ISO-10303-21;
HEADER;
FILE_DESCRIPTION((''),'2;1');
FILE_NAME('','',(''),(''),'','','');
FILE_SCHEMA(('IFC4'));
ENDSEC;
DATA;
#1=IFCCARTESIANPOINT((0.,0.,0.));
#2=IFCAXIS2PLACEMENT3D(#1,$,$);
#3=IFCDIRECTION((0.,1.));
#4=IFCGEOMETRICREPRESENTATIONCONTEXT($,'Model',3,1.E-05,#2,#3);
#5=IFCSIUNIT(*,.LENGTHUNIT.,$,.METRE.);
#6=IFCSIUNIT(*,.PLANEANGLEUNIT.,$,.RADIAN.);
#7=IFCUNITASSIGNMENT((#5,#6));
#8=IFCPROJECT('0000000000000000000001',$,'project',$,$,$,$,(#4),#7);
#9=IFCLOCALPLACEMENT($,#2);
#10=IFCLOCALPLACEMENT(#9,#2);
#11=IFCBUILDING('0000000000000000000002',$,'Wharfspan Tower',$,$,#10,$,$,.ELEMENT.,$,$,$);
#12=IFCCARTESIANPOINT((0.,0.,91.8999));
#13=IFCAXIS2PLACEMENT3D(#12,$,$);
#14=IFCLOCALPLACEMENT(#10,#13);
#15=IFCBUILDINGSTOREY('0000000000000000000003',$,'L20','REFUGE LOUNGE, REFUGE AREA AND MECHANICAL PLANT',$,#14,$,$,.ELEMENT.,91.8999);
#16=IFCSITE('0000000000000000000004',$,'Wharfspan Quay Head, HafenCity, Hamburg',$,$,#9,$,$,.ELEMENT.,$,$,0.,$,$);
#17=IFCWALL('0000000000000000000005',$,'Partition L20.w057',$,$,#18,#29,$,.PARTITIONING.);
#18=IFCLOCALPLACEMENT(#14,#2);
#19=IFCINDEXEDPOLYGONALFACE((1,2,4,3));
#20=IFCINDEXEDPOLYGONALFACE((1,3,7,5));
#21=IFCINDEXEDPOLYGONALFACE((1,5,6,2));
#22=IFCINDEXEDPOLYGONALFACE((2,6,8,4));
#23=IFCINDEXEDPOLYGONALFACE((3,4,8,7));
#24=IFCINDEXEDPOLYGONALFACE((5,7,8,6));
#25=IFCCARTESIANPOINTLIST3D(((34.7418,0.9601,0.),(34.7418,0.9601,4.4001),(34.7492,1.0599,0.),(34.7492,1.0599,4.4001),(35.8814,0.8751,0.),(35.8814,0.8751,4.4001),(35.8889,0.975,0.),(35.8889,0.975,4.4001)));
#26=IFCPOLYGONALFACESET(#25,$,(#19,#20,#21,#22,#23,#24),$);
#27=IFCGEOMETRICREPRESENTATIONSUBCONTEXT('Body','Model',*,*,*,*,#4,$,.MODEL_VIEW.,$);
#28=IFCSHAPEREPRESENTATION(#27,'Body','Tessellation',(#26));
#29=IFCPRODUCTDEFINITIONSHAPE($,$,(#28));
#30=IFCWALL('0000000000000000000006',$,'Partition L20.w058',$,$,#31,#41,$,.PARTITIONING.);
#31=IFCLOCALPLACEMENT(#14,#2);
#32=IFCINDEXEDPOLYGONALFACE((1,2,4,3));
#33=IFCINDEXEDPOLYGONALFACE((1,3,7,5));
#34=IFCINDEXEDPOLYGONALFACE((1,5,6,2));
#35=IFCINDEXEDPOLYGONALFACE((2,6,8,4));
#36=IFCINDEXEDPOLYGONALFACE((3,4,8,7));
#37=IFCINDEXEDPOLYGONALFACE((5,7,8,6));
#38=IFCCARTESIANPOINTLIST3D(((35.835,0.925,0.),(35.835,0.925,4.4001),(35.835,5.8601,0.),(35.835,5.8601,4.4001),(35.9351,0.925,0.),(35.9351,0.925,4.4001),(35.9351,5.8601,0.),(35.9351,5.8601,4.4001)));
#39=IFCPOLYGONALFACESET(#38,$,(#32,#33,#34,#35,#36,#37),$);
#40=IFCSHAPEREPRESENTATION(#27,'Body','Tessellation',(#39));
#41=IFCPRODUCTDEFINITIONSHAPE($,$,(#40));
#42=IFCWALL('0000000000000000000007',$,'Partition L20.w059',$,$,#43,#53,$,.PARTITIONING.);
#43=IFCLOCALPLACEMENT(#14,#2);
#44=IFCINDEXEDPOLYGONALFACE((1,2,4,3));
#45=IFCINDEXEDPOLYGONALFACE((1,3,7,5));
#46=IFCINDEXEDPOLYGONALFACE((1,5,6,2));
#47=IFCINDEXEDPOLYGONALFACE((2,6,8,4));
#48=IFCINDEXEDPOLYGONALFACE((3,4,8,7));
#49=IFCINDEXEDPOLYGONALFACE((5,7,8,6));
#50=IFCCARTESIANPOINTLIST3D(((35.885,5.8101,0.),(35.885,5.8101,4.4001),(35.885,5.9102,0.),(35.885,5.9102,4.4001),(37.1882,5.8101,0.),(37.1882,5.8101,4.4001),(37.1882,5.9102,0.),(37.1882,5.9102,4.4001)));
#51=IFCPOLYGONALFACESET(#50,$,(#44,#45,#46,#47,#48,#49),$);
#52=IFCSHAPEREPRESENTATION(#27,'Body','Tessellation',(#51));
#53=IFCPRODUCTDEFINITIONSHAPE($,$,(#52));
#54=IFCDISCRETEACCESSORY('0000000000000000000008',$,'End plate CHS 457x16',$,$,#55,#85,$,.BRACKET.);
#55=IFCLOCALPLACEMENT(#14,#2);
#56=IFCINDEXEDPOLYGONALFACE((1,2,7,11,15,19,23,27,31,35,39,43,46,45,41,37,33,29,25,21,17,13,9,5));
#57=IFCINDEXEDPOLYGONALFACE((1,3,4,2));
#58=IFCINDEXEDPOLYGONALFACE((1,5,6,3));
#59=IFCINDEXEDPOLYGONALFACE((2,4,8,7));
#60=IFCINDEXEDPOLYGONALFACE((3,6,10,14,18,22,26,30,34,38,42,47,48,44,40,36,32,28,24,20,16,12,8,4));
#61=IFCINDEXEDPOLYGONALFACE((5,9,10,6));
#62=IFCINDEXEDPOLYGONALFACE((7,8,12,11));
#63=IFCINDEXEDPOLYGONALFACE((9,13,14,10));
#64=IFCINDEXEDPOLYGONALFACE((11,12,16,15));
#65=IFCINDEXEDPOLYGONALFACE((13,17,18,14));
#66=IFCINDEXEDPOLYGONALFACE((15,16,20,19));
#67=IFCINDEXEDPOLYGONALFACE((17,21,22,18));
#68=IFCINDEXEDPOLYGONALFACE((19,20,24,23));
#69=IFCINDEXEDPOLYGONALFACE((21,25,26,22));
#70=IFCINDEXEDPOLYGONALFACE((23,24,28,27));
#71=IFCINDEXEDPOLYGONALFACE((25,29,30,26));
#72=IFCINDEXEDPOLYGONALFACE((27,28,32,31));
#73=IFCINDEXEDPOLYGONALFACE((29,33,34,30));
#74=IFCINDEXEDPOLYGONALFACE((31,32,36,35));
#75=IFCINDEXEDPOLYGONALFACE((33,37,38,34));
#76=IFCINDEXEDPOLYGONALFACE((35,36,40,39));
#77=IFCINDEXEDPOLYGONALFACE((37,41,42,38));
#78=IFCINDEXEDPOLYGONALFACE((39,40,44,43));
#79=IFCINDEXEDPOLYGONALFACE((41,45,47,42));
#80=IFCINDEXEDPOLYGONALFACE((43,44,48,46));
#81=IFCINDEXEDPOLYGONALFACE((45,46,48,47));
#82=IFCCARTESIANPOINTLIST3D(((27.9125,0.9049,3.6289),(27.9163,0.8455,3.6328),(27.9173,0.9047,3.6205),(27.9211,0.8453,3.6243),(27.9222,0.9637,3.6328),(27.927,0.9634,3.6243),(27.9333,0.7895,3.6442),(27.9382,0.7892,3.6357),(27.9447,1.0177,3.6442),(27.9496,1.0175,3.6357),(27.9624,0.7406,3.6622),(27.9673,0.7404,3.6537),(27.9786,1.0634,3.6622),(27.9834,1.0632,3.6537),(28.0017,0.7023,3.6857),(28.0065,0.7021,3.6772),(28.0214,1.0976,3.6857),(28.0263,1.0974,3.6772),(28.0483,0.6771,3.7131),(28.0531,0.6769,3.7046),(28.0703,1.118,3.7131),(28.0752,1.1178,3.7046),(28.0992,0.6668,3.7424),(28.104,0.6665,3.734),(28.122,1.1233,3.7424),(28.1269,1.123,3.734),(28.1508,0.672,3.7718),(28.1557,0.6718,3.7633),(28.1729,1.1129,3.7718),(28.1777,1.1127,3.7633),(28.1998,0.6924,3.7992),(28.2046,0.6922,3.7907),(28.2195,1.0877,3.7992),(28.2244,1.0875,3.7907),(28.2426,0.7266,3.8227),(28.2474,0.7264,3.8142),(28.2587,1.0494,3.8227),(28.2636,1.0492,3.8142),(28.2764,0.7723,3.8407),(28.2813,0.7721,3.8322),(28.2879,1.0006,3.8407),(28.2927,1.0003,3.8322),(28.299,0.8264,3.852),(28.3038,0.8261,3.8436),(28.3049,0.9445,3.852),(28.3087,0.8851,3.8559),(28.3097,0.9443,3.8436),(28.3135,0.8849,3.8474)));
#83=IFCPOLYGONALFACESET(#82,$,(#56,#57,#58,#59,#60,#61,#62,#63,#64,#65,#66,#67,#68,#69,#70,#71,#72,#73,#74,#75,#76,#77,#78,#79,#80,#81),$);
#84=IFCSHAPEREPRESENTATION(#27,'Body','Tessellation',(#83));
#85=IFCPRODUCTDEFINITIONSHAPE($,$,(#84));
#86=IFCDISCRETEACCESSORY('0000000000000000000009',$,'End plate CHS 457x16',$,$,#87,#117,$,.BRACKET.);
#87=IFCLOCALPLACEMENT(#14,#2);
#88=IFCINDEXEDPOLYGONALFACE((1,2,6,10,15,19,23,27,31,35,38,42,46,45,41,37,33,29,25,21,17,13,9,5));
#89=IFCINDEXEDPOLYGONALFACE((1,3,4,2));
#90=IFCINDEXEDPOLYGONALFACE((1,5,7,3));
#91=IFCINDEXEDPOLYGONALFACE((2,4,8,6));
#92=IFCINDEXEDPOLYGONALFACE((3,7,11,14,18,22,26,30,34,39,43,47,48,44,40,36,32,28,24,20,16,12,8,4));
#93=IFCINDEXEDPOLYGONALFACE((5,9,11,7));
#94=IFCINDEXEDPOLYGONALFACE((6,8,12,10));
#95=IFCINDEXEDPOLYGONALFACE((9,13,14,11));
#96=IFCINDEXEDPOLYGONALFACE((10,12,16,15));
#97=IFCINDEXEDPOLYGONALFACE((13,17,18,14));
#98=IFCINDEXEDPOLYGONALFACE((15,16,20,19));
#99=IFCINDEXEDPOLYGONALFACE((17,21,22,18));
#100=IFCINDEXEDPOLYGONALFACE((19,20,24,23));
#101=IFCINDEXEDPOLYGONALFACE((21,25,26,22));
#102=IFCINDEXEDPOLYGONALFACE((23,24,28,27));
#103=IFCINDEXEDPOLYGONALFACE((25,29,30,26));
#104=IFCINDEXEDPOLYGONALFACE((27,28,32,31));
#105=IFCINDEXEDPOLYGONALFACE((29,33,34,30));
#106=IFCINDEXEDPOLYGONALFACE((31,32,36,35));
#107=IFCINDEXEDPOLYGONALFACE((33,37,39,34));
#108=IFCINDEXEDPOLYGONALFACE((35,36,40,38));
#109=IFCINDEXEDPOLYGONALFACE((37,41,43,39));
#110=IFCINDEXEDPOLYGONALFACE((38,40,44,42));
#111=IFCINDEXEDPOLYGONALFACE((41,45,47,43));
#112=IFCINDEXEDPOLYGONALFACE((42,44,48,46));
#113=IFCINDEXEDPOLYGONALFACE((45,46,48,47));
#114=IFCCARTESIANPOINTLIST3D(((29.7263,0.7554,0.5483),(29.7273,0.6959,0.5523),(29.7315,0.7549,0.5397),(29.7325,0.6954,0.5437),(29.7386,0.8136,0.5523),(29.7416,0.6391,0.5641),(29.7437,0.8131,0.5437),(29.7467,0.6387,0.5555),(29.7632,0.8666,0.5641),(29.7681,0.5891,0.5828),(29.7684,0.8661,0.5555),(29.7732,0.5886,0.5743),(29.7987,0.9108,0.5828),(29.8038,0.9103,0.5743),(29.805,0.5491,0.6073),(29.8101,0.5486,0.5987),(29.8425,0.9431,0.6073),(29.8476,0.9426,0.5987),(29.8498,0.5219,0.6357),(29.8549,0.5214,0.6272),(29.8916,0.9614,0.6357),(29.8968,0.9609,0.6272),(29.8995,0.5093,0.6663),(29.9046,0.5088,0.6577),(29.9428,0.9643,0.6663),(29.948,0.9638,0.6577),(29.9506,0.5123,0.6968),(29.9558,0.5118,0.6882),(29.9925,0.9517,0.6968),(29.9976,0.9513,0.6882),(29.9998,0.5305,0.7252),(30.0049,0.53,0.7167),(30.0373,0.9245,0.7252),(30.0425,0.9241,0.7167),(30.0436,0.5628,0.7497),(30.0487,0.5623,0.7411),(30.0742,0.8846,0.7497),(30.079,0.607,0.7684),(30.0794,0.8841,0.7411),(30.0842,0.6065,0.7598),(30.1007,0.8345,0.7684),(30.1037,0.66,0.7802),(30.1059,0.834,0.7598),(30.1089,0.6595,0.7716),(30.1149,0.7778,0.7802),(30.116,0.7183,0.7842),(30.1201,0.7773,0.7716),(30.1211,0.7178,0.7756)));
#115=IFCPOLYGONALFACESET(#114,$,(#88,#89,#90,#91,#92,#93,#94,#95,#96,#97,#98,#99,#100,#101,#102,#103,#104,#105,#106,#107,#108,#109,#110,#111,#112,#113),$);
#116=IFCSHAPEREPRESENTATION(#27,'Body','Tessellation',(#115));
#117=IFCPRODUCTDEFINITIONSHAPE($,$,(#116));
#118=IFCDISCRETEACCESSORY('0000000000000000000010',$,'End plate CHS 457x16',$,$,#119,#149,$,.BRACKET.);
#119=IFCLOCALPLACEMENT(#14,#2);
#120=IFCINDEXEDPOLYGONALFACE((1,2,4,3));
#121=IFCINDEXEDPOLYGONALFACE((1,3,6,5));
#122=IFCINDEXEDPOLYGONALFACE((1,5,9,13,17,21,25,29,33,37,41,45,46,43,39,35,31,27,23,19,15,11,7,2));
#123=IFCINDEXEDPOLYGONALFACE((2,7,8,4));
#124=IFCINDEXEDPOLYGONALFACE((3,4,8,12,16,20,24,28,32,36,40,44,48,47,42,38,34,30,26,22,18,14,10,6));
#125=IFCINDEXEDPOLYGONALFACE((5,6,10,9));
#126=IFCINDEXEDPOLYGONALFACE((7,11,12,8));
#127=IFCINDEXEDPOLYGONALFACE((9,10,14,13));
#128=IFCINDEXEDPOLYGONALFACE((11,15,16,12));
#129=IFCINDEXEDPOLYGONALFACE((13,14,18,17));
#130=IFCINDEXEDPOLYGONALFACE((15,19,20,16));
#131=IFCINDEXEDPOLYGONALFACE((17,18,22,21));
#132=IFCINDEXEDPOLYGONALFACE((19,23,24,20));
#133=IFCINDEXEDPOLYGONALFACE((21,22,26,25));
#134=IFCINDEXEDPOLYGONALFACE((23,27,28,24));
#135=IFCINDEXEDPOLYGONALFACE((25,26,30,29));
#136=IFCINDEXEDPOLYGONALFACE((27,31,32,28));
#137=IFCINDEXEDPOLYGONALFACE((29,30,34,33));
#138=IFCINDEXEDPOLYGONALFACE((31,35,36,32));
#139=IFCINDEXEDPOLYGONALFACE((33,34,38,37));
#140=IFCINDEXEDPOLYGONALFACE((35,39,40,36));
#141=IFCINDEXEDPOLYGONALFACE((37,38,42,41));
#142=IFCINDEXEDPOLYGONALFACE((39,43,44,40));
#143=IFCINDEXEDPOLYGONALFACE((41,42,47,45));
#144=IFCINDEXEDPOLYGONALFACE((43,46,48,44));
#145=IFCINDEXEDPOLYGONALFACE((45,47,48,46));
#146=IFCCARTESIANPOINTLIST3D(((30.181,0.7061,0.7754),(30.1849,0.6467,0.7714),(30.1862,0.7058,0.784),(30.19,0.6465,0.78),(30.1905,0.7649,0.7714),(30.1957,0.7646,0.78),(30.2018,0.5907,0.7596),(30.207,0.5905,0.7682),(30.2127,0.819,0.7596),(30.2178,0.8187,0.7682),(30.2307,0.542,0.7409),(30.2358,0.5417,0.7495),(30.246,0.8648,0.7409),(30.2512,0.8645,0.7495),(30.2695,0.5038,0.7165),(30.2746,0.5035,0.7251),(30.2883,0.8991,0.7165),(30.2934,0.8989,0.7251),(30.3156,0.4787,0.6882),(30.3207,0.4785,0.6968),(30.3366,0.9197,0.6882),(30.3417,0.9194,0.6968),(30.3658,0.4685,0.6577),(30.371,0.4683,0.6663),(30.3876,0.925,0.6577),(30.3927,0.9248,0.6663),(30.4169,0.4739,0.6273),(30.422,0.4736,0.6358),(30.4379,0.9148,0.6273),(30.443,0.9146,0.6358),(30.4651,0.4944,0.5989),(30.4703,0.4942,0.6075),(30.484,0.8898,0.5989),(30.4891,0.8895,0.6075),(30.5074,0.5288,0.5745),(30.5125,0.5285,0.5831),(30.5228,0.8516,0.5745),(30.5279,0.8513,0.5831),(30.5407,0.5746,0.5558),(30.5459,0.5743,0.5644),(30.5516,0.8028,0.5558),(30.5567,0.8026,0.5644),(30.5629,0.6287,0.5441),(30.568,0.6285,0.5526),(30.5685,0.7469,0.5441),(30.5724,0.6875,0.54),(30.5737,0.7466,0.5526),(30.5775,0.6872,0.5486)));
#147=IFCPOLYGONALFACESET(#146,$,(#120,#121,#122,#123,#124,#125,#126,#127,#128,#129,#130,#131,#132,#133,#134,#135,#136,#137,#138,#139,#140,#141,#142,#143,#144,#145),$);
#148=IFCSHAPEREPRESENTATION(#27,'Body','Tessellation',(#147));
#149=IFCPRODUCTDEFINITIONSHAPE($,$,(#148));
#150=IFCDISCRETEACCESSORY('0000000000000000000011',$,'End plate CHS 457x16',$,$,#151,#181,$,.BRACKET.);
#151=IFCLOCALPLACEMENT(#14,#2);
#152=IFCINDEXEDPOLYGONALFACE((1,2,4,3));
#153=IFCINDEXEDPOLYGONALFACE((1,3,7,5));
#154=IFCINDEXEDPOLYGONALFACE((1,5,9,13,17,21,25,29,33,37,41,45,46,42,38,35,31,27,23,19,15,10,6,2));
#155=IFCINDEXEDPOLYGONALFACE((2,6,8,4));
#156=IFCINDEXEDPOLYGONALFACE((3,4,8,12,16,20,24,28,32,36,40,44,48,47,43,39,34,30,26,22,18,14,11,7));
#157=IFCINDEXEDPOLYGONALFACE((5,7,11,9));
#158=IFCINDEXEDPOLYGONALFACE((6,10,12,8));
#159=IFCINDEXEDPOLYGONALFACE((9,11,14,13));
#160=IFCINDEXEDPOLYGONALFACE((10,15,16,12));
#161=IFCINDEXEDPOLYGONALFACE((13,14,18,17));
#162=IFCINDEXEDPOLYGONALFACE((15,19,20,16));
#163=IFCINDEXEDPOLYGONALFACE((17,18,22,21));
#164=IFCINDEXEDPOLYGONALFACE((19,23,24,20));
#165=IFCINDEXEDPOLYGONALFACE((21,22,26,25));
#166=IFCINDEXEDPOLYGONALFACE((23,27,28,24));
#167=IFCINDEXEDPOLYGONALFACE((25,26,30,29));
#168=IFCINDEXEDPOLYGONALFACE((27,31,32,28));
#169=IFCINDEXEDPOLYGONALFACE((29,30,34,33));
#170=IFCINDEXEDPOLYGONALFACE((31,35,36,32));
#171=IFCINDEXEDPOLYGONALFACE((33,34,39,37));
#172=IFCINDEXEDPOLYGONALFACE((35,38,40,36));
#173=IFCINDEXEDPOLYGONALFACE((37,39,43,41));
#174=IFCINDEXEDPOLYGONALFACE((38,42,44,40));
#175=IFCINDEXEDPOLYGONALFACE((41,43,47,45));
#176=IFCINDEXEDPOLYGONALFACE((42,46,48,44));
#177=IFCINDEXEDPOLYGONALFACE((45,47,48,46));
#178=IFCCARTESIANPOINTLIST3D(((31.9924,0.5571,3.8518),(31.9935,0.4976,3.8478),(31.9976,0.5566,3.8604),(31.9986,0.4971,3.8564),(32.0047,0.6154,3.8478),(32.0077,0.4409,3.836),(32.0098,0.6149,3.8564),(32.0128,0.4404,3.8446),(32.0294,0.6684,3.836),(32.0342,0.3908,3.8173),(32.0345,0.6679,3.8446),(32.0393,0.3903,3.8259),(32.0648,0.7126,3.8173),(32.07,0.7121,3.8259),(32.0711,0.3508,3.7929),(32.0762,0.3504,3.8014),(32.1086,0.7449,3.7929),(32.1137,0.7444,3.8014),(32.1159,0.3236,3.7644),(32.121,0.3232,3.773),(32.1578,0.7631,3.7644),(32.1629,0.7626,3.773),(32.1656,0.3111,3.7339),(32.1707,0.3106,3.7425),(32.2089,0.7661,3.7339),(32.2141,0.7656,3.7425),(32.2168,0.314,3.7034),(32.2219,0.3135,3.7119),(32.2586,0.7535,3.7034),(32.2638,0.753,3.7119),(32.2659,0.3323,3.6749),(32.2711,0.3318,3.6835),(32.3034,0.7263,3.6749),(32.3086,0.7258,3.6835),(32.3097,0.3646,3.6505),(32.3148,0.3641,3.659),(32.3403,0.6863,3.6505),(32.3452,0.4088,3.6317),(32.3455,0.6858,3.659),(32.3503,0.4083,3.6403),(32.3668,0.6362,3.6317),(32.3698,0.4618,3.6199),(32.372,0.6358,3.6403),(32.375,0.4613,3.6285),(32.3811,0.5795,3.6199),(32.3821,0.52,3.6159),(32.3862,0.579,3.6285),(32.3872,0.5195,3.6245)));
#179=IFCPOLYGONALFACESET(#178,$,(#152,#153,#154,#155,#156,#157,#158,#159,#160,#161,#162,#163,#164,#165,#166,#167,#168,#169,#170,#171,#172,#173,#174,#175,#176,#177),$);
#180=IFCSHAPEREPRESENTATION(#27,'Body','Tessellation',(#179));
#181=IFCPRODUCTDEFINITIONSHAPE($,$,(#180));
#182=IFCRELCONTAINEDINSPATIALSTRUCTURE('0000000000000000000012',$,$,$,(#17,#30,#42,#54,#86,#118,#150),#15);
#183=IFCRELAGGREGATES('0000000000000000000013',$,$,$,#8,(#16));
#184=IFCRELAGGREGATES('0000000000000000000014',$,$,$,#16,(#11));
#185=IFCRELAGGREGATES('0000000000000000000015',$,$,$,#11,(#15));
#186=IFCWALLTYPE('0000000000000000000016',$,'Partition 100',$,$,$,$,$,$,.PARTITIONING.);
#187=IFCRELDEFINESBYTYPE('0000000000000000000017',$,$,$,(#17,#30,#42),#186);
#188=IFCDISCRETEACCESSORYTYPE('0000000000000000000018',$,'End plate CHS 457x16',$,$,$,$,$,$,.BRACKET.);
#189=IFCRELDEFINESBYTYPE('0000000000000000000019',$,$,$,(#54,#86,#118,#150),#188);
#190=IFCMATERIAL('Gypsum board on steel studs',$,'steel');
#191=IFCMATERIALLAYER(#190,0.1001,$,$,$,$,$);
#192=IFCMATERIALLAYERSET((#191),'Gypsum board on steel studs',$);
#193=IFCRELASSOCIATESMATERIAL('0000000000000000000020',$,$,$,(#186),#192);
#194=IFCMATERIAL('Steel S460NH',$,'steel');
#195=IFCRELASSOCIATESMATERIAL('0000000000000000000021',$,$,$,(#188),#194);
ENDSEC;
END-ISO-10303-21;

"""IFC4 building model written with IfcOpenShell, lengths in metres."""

from ifc_helpers import new_model, si_unit, direction, frame, frame_2d, origin, origin_2d, place, context, subcontext, project, spatial, rectangle, circle, extrude, material, layer, layer_set, material_profile, profile_set, type_object, element, save


model = new_model("IFC4")

# Units and contexts
model_context = context("Model", 3, precision=1e-05, world=origin(), true_north=direction((0.0, 1.0)))
body_context = subcontext(model_context, "Body", "Model", "MODEL_VIEW")
ifc_project = project(units=[si_unit("LENGTHUNIT", "METRE"), si_unit("PLANEANGLEUNIT", "RADIAN")], contexts=[model_context])

# Site, building, storey
site_placement = place(None, origin())
site = spatial("IfcSite", under=ifc_project, at=site_placement, Name="Wharfspan Quay Head, HafenCity, Hamburg", CompositionType="ELEMENT", RefElevation=0.0)
building_placement = place(site_placement, origin())
building = spatial("IfcBuilding", under=site, at=building_placement, Name="Wharfspan Tower", CompositionType="ELEMENT")
storey_placement = place(building_placement, frame((0.0, 0.0, 91.8999)))
storey = spatial("IfcBuildingStorey", under=building, at=storey_placement, Name="L20", Description="REFUGE LOUNGE, REFUGE AREA AND MECHANICAL PLANT", CompositionType="ELEMENT", Elevation=91.8999)

# Shared definitions
ifc_material_1 = material(Name="Steel S460NH", Category="steel")

# Walls
ifc_material_2 = material(Name="Gypsum board on steel studs", Category="steel")
ifc_layer_1 = layer(ifc_material_2, 0.1001)
ifc_layer_set_1 = layer_set([ifc_layer_1], Name="Gypsum board on steel studs")
wall_type_1 = type_object("IfcWallType", Name="Partition 100", PredefinedType="PARTITIONING", material=ifc_layer_set_1)
wall_1_placement = place(storey_placement, frame((35.885, 0.925, 0.0), z_axis=(0.0, 0.0, 1.0), x_axis=(-0.997235, 0.074344, 0.0)))
element("IfcWall", 1, at=wall_1_placement, inside=storey, type_object=wall_type_1, Name="Partition L20.w057", PredefinedType="PARTITIONING", context=body_context, shape_type="SweptSolid", body=[
    extrude(rectangle(XDim=1.1428, YDim=0.1001, at=frame_2d((0.5713, 0.0))), origin(), (0.0, 0.0, 1.0), 4.4001),
])
wall_2_placement = place(storey_placement, frame((35.885, 0.925, 0.0), z_axis=(0.0, 0.0, 1.0), x_axis=(0.0, 1.0, 0.0)))
element("IfcWall", 2, at=wall_2_placement, inside=storey, type_object=wall_type_1, Name="Partition L20.w058", PredefinedType="PARTITIONING", context=body_context, shape_type="SweptSolid", body=[
    extrude(rectangle(XDim=4.9351, YDim=0.1001, at=frame_2d((2.4675, 0.0))), origin(), (0.0, 0.0, 1.0), 4.4001),
])
wall_3_placement = place(storey_placement, frame((35.885, 5.8601, 0.0), z_axis=(0.0, 0.0, 1.0), x_axis=(1.0, 0.0, 0.0)))
element("IfcWall", 3, at=wall_3_placement, inside=storey, type_object=wall_type_1, Name="Partition L20.w059", PredefinedType="PARTITIONING", context=body_context, shape_type="SweptSolid", body=[
    extrude(rectangle(XDim=1.3032, YDim=0.1001, at=frame_2d((0.6516, 0.0))), origin(), (0.0, 0.0, 1.0), 4.4001),
])

# Discrete accessories
ifc_material_profile_1 = material_profile(ifc_material_1, circle(Radius=0.2285, at=origin_2d()))
ifc_profile_set_1 = profile_set([ifc_material_profile_1], Name="Steel S460NH")
discrete_accessory_type_1 = type_object("IfcDiscreteAccessoryType", Name="End plate CHS 457x16", PredefinedType="BRACKET", material=ifc_profile_set_1)
discrete_accessory_1_placement = place(storey_placement, frame((28.1106, 0.895, 3.7424), z_axis=(0.495986, -0.024799, -0.867976), x_axis=(0.049937, 0.998752, 0.0)))
element("IfcDiscreteAccessory", 4, at=discrete_accessory_1_placement, inside=storey, type_object=discrete_accessory_type_1, Name="End plate CHS 457x16", PredefinedType="BRACKET", context=body_context, shape_type="SweptSolid", body=[
    extrude(circle(Radius=0.2285, at=origin_2d()), origin(), (0.0, 0.0, 1.0), 0.0098),
])
for number, where, z_axis, x_axis, name in (
    (5, (29.9211, 0.7368, 0.6663), (0.513879, -0.048941, -0.856465), (0.094811, 0.995495, 0.000001), "End plate CHS 457x16"),
    (6, (30.3767, 0.6968, 0.6577), (0.514341, -0.024492, 0.857236), (0.047566, 0.998868, -0.000001), "End plate CHS 457x16"),
    (7, (32.1873, 0.5386, 3.7339), (0.513879, -0.048941, 0.856465), (0.094811, 0.995495, -0.000001), "End plate CHS 457x16"),
):
    element("IfcDiscreteAccessory", number, at=place(storey_placement, frame(where, z_axis=z_axis, x_axis=x_axis)), inside=storey, type_object=discrete_accessory_type_1, Name=name, PredefinedType="BRACKET", context=body_context, shape_type="SweptSolid", body=[
        extrude(circle(Radius=0.2285, at=origin_2d()), origin(), (0.0, 0.0, 1.0), 0.01),
    ])

save(model, "model.ifc")
